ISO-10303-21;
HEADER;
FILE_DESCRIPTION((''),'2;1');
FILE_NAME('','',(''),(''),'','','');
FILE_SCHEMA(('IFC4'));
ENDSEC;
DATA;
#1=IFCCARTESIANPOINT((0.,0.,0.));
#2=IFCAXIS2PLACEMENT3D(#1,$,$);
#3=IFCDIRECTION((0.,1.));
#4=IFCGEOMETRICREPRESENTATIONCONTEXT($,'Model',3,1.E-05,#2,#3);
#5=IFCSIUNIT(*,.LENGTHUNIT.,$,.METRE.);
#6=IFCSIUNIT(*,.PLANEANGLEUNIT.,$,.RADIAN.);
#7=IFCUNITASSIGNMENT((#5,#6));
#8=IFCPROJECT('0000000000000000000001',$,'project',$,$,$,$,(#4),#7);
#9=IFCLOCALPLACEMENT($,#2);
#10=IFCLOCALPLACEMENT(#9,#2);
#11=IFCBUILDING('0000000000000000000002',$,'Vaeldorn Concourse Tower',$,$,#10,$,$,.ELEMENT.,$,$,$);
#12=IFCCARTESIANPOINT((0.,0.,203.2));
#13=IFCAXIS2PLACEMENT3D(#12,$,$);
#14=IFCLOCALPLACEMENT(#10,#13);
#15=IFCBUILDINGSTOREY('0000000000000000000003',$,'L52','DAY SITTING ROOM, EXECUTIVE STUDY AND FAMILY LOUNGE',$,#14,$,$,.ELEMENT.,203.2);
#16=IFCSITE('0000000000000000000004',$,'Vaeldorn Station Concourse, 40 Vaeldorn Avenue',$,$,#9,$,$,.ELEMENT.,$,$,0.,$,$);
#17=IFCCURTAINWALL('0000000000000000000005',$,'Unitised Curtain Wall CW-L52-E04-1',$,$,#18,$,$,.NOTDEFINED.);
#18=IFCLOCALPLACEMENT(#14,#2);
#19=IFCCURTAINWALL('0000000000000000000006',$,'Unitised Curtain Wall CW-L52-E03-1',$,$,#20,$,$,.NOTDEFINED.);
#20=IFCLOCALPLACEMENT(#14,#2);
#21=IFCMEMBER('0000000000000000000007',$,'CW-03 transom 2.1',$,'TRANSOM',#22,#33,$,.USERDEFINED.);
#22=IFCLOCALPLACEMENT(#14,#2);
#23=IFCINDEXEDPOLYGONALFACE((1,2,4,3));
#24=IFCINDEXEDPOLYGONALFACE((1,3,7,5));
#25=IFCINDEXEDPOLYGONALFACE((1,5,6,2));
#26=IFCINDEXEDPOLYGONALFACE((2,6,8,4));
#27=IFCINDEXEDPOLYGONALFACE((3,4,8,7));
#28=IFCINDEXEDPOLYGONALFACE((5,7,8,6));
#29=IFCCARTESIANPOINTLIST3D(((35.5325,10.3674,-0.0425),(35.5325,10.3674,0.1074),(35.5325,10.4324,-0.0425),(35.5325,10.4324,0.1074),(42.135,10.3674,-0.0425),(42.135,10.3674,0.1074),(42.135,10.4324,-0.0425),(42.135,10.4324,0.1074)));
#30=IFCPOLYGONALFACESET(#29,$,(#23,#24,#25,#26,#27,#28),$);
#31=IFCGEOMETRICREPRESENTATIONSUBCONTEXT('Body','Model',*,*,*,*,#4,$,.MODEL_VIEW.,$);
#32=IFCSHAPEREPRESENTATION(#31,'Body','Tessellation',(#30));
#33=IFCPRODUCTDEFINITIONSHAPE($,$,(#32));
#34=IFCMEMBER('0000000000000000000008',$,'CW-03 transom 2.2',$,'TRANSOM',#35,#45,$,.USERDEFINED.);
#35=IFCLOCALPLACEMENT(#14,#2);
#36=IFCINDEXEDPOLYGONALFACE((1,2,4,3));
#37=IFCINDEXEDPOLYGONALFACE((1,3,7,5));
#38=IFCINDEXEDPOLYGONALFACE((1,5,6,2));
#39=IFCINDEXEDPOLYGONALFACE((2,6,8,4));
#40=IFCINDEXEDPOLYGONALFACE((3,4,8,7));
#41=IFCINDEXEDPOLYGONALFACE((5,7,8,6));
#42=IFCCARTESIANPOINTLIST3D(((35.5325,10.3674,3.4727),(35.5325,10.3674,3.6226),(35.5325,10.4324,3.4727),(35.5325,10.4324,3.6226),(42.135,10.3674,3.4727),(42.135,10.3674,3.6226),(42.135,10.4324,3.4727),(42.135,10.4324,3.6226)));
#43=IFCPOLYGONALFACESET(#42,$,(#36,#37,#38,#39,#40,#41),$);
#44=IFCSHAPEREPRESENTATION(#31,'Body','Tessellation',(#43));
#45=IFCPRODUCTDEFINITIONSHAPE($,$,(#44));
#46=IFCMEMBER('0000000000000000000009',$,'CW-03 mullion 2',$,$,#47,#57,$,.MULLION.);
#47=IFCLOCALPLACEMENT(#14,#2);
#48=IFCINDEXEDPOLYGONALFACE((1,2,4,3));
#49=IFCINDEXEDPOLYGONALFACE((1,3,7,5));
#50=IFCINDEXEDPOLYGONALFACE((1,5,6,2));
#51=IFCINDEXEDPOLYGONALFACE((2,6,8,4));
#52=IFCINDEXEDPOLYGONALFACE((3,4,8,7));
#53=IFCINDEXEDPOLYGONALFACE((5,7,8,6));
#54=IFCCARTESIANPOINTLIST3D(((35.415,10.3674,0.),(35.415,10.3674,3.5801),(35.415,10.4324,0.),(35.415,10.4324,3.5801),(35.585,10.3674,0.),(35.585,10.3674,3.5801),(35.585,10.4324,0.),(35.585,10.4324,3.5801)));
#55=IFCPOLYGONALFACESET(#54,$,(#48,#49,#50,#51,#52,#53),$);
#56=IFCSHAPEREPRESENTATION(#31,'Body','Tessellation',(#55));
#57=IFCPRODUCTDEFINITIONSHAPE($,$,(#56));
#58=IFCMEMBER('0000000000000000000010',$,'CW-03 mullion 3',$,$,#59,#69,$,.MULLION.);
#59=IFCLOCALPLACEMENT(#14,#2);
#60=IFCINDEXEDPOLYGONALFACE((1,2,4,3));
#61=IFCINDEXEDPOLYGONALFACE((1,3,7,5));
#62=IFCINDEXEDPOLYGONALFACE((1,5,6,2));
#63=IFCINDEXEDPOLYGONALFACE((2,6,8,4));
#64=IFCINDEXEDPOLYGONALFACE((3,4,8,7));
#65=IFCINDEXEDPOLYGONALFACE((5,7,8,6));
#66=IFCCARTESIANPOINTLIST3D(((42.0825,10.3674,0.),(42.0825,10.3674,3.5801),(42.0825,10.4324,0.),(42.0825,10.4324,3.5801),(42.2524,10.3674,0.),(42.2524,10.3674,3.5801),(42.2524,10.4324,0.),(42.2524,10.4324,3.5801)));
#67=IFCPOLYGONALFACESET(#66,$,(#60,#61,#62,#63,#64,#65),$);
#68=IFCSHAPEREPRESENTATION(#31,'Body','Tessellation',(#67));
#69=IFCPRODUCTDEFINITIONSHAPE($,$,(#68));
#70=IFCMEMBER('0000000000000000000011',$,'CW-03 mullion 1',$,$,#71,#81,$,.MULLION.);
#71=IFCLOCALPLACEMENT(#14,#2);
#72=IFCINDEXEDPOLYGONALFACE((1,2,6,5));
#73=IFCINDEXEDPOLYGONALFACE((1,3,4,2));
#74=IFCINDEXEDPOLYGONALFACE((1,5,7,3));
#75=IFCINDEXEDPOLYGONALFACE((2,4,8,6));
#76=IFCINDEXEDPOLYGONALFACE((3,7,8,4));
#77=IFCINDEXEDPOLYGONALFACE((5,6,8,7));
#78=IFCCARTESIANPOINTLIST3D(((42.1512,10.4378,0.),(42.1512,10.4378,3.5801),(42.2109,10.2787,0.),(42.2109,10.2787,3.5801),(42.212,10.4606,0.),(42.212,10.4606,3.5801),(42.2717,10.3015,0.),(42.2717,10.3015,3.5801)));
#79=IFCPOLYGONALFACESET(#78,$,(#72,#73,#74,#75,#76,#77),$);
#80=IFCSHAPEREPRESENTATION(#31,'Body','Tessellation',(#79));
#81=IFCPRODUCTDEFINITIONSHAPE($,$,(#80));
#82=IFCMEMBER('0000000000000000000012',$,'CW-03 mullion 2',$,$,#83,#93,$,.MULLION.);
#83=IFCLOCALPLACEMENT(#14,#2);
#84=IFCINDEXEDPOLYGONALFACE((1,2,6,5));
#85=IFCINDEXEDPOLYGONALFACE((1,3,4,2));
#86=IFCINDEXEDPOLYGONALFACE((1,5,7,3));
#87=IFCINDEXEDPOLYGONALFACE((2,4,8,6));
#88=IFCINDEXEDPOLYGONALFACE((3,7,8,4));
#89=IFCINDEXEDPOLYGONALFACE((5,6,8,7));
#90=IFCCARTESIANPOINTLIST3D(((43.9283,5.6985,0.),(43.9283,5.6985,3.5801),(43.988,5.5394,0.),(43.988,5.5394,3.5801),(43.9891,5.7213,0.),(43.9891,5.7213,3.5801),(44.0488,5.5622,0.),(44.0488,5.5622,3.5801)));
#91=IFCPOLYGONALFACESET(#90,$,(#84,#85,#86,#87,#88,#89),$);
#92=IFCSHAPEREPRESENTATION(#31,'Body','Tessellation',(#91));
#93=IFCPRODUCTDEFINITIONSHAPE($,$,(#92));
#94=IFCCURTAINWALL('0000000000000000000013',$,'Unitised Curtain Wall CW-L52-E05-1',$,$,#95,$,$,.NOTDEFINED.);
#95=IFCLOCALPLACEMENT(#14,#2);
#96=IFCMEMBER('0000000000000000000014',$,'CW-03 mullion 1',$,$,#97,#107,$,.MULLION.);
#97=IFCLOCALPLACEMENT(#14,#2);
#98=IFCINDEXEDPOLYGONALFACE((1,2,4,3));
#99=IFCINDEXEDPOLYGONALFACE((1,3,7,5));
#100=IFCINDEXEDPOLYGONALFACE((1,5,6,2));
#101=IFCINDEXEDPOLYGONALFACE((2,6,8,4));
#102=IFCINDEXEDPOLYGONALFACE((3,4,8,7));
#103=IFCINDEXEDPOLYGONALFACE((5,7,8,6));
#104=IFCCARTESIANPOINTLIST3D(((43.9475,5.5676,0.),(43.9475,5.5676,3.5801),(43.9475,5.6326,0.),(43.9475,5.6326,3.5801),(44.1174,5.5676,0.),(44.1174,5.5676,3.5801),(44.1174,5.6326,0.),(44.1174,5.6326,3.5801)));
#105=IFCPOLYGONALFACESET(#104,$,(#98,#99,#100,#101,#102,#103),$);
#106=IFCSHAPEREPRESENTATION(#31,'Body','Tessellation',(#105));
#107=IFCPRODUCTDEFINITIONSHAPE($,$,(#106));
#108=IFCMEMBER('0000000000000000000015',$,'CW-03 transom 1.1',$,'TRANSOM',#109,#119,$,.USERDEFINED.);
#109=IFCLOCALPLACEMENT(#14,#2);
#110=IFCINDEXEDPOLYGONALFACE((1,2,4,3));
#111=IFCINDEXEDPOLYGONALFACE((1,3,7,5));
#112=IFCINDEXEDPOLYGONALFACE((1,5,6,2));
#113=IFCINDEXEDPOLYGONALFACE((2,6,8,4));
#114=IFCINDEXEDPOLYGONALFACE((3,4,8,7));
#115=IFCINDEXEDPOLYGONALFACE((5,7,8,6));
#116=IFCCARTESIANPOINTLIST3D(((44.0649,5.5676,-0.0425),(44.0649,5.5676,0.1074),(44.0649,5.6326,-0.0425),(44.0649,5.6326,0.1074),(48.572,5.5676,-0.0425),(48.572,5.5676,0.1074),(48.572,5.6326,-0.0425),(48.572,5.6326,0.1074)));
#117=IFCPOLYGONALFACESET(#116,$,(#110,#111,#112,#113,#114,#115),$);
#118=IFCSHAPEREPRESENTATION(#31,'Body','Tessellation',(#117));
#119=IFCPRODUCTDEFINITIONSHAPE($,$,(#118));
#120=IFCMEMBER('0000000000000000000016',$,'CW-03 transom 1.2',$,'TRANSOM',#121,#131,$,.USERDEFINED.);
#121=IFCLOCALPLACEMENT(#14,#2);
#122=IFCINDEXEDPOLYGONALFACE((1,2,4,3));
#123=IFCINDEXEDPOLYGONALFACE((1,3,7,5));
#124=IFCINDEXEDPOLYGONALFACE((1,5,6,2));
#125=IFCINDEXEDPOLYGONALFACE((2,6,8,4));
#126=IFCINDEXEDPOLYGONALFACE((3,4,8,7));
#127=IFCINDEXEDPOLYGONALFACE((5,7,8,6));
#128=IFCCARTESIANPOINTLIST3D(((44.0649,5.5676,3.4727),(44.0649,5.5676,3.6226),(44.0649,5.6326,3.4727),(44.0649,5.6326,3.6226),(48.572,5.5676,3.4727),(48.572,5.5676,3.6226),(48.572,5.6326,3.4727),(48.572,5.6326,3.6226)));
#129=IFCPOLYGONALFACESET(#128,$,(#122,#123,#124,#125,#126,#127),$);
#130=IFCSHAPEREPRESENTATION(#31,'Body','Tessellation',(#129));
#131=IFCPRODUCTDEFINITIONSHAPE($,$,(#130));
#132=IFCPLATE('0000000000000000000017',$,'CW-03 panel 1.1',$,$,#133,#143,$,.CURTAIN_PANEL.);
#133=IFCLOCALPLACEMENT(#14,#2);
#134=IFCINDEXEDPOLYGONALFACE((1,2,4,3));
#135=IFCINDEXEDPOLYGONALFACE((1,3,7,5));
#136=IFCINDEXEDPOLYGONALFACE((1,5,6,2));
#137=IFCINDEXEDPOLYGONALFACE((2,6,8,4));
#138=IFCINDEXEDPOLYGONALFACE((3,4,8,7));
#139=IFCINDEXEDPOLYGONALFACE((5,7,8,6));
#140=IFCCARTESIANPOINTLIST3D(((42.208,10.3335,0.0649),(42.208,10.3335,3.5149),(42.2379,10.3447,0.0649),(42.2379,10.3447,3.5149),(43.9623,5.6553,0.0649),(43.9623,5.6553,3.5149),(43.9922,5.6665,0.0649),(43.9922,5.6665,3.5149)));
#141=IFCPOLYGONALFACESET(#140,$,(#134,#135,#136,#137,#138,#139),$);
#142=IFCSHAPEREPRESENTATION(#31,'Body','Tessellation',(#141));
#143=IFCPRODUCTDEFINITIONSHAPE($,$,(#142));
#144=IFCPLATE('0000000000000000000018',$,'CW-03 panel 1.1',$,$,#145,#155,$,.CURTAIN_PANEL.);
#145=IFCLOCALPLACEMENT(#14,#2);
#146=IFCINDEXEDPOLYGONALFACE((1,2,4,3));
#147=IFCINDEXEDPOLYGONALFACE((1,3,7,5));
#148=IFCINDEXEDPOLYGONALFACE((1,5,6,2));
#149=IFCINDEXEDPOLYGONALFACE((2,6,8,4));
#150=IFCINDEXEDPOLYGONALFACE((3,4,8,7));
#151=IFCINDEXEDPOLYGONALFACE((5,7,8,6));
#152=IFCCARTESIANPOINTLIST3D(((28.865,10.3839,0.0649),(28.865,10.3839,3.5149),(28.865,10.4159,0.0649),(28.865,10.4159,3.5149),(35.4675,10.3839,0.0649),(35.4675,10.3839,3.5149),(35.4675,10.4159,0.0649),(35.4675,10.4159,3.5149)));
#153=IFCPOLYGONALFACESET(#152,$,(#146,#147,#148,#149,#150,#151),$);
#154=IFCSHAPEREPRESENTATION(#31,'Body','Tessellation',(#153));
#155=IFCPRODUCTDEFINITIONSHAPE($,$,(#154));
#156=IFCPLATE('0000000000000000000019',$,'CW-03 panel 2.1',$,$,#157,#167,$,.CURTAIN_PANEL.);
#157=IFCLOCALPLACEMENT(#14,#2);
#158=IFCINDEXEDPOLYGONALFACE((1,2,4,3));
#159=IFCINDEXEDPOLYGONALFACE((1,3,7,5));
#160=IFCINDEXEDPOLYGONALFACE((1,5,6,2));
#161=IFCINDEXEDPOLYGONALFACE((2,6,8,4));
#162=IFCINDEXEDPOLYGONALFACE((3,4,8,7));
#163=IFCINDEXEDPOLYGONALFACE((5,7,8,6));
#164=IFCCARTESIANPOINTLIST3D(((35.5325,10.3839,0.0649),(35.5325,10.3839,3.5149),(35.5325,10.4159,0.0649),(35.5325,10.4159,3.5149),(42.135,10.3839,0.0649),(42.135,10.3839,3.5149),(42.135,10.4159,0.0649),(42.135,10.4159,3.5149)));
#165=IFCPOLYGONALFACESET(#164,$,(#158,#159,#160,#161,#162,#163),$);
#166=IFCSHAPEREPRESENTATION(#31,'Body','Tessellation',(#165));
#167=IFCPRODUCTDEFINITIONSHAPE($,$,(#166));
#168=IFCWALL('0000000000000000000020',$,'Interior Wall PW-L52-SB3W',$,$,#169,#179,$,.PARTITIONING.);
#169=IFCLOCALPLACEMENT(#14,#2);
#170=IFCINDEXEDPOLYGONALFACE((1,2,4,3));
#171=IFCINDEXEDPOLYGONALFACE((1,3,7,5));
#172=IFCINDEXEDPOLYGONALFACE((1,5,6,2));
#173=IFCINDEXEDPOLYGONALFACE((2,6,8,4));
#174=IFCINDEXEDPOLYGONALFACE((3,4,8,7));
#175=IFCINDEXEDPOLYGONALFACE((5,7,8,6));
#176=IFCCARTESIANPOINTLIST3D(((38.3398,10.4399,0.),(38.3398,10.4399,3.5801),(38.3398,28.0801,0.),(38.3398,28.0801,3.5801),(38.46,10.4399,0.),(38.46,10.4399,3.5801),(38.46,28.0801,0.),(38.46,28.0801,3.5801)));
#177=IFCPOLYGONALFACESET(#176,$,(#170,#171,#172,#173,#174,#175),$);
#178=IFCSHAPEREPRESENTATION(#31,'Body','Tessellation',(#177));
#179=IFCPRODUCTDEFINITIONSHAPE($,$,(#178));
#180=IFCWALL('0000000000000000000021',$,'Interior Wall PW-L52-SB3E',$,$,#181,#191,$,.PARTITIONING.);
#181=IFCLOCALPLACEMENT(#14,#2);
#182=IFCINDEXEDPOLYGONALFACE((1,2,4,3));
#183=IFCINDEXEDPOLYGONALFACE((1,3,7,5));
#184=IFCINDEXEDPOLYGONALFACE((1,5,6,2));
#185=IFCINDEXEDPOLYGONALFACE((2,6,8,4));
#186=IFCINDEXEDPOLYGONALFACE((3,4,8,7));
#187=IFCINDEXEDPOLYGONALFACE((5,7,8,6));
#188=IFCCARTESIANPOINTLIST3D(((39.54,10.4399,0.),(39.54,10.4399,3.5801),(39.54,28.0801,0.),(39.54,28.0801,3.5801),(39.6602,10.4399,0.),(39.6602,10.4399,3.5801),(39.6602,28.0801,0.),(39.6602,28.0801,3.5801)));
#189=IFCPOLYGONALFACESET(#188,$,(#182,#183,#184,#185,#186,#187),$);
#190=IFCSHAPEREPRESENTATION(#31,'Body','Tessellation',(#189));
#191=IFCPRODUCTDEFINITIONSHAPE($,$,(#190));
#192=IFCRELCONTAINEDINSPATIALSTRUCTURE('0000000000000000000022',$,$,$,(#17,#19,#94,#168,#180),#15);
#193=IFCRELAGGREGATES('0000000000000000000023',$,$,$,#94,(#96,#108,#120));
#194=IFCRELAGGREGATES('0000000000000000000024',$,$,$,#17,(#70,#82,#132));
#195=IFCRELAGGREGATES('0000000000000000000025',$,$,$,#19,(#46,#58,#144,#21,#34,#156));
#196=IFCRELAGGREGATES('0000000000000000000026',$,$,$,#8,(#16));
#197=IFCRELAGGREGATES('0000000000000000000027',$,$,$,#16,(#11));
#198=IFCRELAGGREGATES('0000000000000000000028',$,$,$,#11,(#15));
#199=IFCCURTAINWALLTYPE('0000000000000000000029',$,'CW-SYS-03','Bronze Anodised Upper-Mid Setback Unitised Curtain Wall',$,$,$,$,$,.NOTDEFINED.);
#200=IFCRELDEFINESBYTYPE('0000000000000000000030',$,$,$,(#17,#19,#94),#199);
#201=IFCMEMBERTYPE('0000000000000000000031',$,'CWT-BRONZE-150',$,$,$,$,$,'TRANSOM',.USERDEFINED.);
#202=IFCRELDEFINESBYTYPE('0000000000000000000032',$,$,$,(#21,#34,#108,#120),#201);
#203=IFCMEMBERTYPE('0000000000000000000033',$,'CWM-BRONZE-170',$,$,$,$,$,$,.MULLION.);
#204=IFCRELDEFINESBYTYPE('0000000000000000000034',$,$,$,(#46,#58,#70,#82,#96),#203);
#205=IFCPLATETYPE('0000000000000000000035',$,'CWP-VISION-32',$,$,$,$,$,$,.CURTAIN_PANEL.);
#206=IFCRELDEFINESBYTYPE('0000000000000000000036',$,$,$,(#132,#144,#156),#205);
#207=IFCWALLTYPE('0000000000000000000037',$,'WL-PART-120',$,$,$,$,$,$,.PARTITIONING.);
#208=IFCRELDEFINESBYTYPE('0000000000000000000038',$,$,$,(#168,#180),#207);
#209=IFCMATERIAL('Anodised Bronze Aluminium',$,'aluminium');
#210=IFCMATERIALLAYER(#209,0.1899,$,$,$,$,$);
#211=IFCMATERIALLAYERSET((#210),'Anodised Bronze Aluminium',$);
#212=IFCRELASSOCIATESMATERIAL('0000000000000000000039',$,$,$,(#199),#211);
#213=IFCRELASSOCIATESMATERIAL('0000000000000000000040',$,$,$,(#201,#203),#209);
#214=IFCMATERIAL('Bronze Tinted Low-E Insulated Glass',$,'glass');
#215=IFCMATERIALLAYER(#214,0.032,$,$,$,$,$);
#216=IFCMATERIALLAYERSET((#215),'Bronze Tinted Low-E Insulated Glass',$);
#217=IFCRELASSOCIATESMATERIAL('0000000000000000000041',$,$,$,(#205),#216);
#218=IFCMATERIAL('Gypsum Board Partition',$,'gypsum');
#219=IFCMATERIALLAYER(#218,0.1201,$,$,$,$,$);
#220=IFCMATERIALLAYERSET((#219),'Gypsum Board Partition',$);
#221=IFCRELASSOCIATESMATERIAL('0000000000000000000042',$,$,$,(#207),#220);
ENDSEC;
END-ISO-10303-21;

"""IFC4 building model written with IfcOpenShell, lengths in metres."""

from ifc_helpers import new_model, si_unit, direction, frame, frame_2d, origin, origin_2d, place, context, subcontext, project, spatial, rectangle, extrude, source, transform, mapped, material, layer, layer_set, material_profile, profile_set, type_object, element, aggregate, save


model = new_model("IFC4")

# Units and contexts
model_context = context("Model", 3, precision=1e-05, world=origin(), true_north=direction((0.0, 1.0)))
body_context = subcontext(model_context, "Body", "Model", "MODEL_VIEW")
ifc_project = project(units=[si_unit("LENGTHUNIT", "METRE"), si_unit("PLANEANGLEUNIT", "RADIAN")], contexts=[model_context])

# Site, building, storey
site_placement = place(None, origin())
site = spatial("IfcSite", under=ifc_project, at=site_placement, Name="Vaeldorn Station Concourse, 40 Vaeldorn Avenue", CompositionType="ELEMENT", RefElevation=0.0)
building_placement = place(site_placement, origin())
building = spatial("IfcBuilding", under=site, at=building_placement, Name="Vaeldorn Concourse Tower", CompositionType="ELEMENT")
storey_placement = place(building_placement, frame((0.0, 0.0, 203.2)))
storey = spatial("IfcBuildingStorey", under=building, at=storey_placement, Name="L52", Description="DAY SITTING ROOM, EXECUTIVE STUDY AND FAMILY LOUNGE", CompositionType="ELEMENT", Elevation=203.2)

# Curtain walls, members
ifc_material_1 = material(Name="Anodised Bronze Aluminium", Category="aluminium")
ifc_layer_1 = layer(ifc_material_1, 0.1899)
ifc_layer_set_1 = layer_set([ifc_layer_1], Name="Anodised Bronze Aluminium")
curtain_wall_type = type_object("IfcCurtainWallType", Name="CW-SYS-03", Description="Bronze Anodised Upper-Mid Setback Unitised Curtain Wall", PredefinedType="NOTDEFINED", material=ifc_layer_set_1)
curtain_wall_1_placement = place(storey_placement, origin())
curtain_wall_1 = element("IfcCurtainWall", 1, at=curtain_wall_1_placement, inside=storey, type_object=curtain_wall_type, Name="Unitised Curtain Wall CW-L52-E04-1", PredefinedType="NOTDEFINED")
ifc_material_profile_1 = material_profile(ifc_material_1, rectangle(XDim=0.0649, YDim=0.1499, at=origin_2d()), Name="CWT 65x150")
ifc_profile_set_1 = profile_set([ifc_material_profile_1], Name="Anodised Bronze Aluminium")
member_type_1 = type_object("IfcMemberType", Name="CWT-BRONZE-150", ElementType="TRANSOM", PredefinedType="USERDEFINED", material=ifc_profile_set_1)
curtain_wall_2_placement = place(storey_placement, origin())
curtain_wall_2 = element("IfcCurtainWall", 2, at=curtain_wall_2_placement, inside=storey, type_object=curtain_wall_type, Name="Unitised Curtain Wall CW-L52-E03-1", PredefinedType="NOTDEFINED")
shared_shape_1 = source(origin(), body_context, "Body", "SweptSolid", [
    extrude(rectangle(XDim=0.0649, YDim=0.1499, at=origin_2d()), origin(), (0.0, 0.0, 1.0), 6.6025),
])
member_1_placement = place(storey_placement, frame((35.5325, 10.3999, 0.0325), z_axis=(1.0, 0.0, 0.0), x_axis=(0.0, 1.0, 0.0)))
member_1 = element("IfcMember", 3, at=member_1_placement, type_object=member_type_1, Name="CW-03 transom 2.1", ObjectType="TRANSOM", PredefinedType="USERDEFINED", context=body_context, shape_type="MappedRepresentation", body=[
    mapped(shared_shape_1, transform((0.0, 0.0, 0.0), scale=1.0)),
])
member_2_placement = place(storey_placement, frame((35.5325, 10.3999, 3.5476), z_axis=(1.0, 0.0, 0.0), x_axis=(0.0, 1.0, 0.0)))
member_2 = element("IfcMember", 4, at=member_2_placement, type_object=member_type_1, Name="CW-03 transom 2.2", ObjectType="TRANSOM", PredefinedType="USERDEFINED", context=body_context, shape_type="MappedRepresentation", body=[
    mapped(shared_shape_1, transform((0.0, 0.0, 0.0), scale=1.0)),
])
ifc_material_profile_2 = material_profile(ifc_material_1, rectangle(XDim=0.0649, YDim=0.1699, at=origin_2d()), Name="CWM 65x170")
ifc_profile_set_2 = profile_set([ifc_material_profile_2], Name="Anodised Bronze Aluminium")
member_type_2 = type_object("IfcMemberType", Name="CWM-BRONZE-170", PredefinedType="MULLION", material=ifc_profile_set_2)
shared_shape_2 = source(origin(), body_context, "Body", "SweptSolid", [
    extrude(rectangle(XDim=0.0649, YDim=0.1699, at=origin_2d()), origin(), (0.0, 0.0, 1.0), 3.5801),
])
member_3_placement = place(storey_placement, frame((35.5, 10.3999, 0.0), z_axis=(0.0, 0.0, 1.0), x_axis=(0.0, 1.0, 0.0)))
member_3 = element("IfcMember", 5, at=member_3_placement, type_object=member_type_2, Name="CW-03 mullion 2", PredefinedType="MULLION", context=body_context, shape_type="MappedRepresentation", body=[
    mapped(shared_shape_2, transform((0.0, 0.0, 0.0), scale=1.0)),
])
member_4_placement = place(storey_placement, frame((42.1675, 10.3999, 0.0), z_axis=(0.0, 0.0, 1.0), x_axis=(0.0, 1.0, 0.0)))
member_4 = element("IfcMember", 6, at=member_4_placement, type_object=member_type_2, Name="CW-03 mullion 3", PredefinedType="MULLION", context=body_context, shape_type="MappedRepresentation", body=[
    mapped(shared_shape_2, transform((0.0, 0.0, 0.0), scale=1.0)),
])

# Members
member_5_placement = place(storey_placement, frame((42.2114, 10.3696, 0.0), z_axis=(0.0, 0.0, 1.0), x_axis=(0.936329, 0.351123, 0.0)))
member_5 = element("IfcMember", 7, at=member_5_placement, type_object=member_type_2, Name="CW-03 mullion 1", PredefinedType="MULLION", context=body_context, shape_type="MappedRepresentation", body=[
    mapped(shared_shape_2, transform((0.0, 0.0, 0.0), scale=1.0)),
])
member_6_placement = place(storey_placement, frame((43.9885, 5.6304, 0.0), z_axis=(0.0, 0.0, 1.0), x_axis=(0.936329, 0.351123, 0.0)))
member_6 = element("IfcMember", 8, at=member_6_placement, type_object=member_type_2, Name="CW-03 mullion 2", PredefinedType="MULLION", context=body_context, shape_type="MappedRepresentation", body=[
    mapped(shared_shape_2, transform((0.0, 0.0, 0.0), scale=1.0)),
])

# Curtain wall, members
curtain_wall_3_placement = place(storey_placement, origin())
curtain_wall_3 = element("IfcCurtainWall", 9, at=curtain_wall_3_placement, inside=storey, type_object=curtain_wall_type, Name="Unitised Curtain Wall CW-L52-E05-1", PredefinedType="NOTDEFINED")
member_7_placement = place(storey_placement, frame((44.0325, 5.6001, 0.0), z_axis=(0.0, 0.0, 1.0), x_axis=(0.0, 1.0, 0.0)))
member_7 = element("IfcMember", 10, at=member_7_placement, type_object=member_type_2, Name="CW-03 mullion 1", PredefinedType="MULLION", context=body_context, shape_type="MappedRepresentation", body=[
    mapped(shared_shape_2, transform((0.0, 0.0, 0.0), scale=1.0)),
])
shared_shape_3 = source(origin(), body_context, "Body", "SweptSolid", [
    extrude(rectangle(XDim=0.0649, YDim=0.1499, at=origin_2d()), origin(), (0.0, 0.0, 1.0), 4.5071),
])
member_8_placement = place(storey_placement, frame((44.0649, 5.6001, 0.0325), z_axis=(1.0, 0.0, 0.0), x_axis=(0.0, 1.0, 0.0)))
member_8 = element("IfcMember", 11, at=member_8_placement, type_object=member_type_1, Name="CW-03 transom 1.1", ObjectType="TRANSOM", PredefinedType="USERDEFINED", context=body_context, shape_type="MappedRepresentation", body=[
    mapped(shared_shape_3, transform((0.0, 0.0, 0.0), scale=1.0)),
])
member_9_placement = place(storey_placement, frame((44.0649, 5.6001, 3.5476), z_axis=(1.0, 0.0, 0.0), x_axis=(0.0, 1.0, 0.0)))
member_9 = element("IfcMember", 12, at=member_9_placement, type_object=member_type_1, Name="CW-03 transom 1.2", ObjectType="TRANSOM", PredefinedType="USERDEFINED", context=body_context, shape_type="MappedRepresentation", body=[
    mapped(shared_shape_3, transform((0.0, 0.0, 0.0), scale=1.0)),
])
aggregate(curtain_wall_3, [member_7, member_8, member_9])

# Plates
ifc_material_2 = material(Name="Bronze Tinted Low-E Insulated Glass", Category="glass")
ifc_layer_2 = layer(ifc_material_2, 0.032)
ifc_layer_set_2 = layer_set([ifc_layer_2], Name="Bronze Tinted Low-E Insulated Glass")
plate_type = type_object("IfcPlateType", Name="CWP-VISION-32", PredefinedType="CURTAIN_PANEL", material=ifc_layer_set_2)
shared_shape_4 = source(origin(), body_context, "Body", "SweptSolid", [
    extrude(rectangle(XDim=4.9963, YDim=0.032, at=origin_2d()), origin(), (0.0, 0.0, 1.0), 3.45),
])
plate_1_placement = place(storey_placement, frame((43.1001, 8.0, 0.0649), z_axis=(0.0, 0.0, 1.0), x_axis=(0.351123, -0.936329, 0.0)))
plate_1 = element("IfcPlate", 13, at=plate_1_placement, type_object=plate_type, Name="CW-03 panel 1.1", PredefinedType="CURTAIN_PANEL", context=body_context, shape_type="MappedRepresentation", body=[
    mapped(shared_shape_4, transform((0.0, 0.0, 0.0), scale=1.0)),
])
aggregate(curtain_wall_1, [member_5, member_6, plate_1])
shared_shape_5 = source(origin(), body_context, "Body", "SweptSolid", [
    extrude(rectangle(XDim=6.6025, YDim=0.032, at=origin_2d()), origin(), (0.0, 0.0, 1.0), 3.45),
])
plate_2_placement = place(storey_placement, frame((32.1663, 10.3999, 0.0649), z_axis=(0.0, 0.0, 1.0), x_axis=(1.0, 0.0, 0.0)))
plate_2 = element("IfcPlate", 14, at=plate_2_placement, type_object=plate_type, Name="CW-03 panel 1.1", PredefinedType="CURTAIN_PANEL", context=body_context, shape_type="MappedRepresentation", body=[
    mapped(shared_shape_5, transform((0.0, 0.0, 0.0), scale=1.0)),
])
plate_3_placement = place(storey_placement, frame((38.8337, 10.3999, 0.0649), z_axis=(0.0, 0.0, 1.0), x_axis=(1.0, 0.0, 0.0)))
plate_3 = element("IfcPlate", 15, at=plate_3_placement, type_object=plate_type, Name="CW-03 panel 2.1", PredefinedType="CURTAIN_PANEL", context=body_context, shape_type="MappedRepresentation", body=[
    mapped(shared_shape_5, transform((0.0, 0.0, 0.0), scale=1.0)),
])
aggregate(curtain_wall_2, [member_3, member_4, plate_2, member_1, member_2, plate_3])

# Walls
ifc_material_3 = material(Name="Gypsum Board Partition", Category="gypsum")
ifc_layer_3 = layer(ifc_material_3, 0.1201)
ifc_layer_set_3 = layer_set([ifc_layer_3], Name="Gypsum Board Partition")
wall_type = type_object("IfcWallType", Name="WL-PART-120", PredefinedType="PARTITIONING", material=ifc_layer_set_3)
for number, where, z_axis, x_axis, name in (
    (16, (38.3999, 10.4399, 0.0), (0.0, 0.0, 1.0), (0.0, 1.0, 0.0), "Interior Wall PW-L52-SB3W"),
    (17, (39.6001, 10.4399, 0.0), (0.0, 0.0, 1.0), (0.0, 1.0, 0.0), "Interior Wall PW-L52-SB3E"),
):
    element("IfcWall", number, at=place(storey_placement, frame(where, z_axis=z_axis, x_axis=x_axis)), inside=storey, type_object=wall_type, Name=name, PredefinedType="PARTITIONING", context=body_context, shape_type="SweptSolid", body=[
        extrude(rectangle(XDim=17.6401, YDim=0.1201, at=frame_2d((8.8201, 0.0))), origin(), (0.0, 0.0, 1.0), 3.5801),
    ])

save(model, "model.ifc")
